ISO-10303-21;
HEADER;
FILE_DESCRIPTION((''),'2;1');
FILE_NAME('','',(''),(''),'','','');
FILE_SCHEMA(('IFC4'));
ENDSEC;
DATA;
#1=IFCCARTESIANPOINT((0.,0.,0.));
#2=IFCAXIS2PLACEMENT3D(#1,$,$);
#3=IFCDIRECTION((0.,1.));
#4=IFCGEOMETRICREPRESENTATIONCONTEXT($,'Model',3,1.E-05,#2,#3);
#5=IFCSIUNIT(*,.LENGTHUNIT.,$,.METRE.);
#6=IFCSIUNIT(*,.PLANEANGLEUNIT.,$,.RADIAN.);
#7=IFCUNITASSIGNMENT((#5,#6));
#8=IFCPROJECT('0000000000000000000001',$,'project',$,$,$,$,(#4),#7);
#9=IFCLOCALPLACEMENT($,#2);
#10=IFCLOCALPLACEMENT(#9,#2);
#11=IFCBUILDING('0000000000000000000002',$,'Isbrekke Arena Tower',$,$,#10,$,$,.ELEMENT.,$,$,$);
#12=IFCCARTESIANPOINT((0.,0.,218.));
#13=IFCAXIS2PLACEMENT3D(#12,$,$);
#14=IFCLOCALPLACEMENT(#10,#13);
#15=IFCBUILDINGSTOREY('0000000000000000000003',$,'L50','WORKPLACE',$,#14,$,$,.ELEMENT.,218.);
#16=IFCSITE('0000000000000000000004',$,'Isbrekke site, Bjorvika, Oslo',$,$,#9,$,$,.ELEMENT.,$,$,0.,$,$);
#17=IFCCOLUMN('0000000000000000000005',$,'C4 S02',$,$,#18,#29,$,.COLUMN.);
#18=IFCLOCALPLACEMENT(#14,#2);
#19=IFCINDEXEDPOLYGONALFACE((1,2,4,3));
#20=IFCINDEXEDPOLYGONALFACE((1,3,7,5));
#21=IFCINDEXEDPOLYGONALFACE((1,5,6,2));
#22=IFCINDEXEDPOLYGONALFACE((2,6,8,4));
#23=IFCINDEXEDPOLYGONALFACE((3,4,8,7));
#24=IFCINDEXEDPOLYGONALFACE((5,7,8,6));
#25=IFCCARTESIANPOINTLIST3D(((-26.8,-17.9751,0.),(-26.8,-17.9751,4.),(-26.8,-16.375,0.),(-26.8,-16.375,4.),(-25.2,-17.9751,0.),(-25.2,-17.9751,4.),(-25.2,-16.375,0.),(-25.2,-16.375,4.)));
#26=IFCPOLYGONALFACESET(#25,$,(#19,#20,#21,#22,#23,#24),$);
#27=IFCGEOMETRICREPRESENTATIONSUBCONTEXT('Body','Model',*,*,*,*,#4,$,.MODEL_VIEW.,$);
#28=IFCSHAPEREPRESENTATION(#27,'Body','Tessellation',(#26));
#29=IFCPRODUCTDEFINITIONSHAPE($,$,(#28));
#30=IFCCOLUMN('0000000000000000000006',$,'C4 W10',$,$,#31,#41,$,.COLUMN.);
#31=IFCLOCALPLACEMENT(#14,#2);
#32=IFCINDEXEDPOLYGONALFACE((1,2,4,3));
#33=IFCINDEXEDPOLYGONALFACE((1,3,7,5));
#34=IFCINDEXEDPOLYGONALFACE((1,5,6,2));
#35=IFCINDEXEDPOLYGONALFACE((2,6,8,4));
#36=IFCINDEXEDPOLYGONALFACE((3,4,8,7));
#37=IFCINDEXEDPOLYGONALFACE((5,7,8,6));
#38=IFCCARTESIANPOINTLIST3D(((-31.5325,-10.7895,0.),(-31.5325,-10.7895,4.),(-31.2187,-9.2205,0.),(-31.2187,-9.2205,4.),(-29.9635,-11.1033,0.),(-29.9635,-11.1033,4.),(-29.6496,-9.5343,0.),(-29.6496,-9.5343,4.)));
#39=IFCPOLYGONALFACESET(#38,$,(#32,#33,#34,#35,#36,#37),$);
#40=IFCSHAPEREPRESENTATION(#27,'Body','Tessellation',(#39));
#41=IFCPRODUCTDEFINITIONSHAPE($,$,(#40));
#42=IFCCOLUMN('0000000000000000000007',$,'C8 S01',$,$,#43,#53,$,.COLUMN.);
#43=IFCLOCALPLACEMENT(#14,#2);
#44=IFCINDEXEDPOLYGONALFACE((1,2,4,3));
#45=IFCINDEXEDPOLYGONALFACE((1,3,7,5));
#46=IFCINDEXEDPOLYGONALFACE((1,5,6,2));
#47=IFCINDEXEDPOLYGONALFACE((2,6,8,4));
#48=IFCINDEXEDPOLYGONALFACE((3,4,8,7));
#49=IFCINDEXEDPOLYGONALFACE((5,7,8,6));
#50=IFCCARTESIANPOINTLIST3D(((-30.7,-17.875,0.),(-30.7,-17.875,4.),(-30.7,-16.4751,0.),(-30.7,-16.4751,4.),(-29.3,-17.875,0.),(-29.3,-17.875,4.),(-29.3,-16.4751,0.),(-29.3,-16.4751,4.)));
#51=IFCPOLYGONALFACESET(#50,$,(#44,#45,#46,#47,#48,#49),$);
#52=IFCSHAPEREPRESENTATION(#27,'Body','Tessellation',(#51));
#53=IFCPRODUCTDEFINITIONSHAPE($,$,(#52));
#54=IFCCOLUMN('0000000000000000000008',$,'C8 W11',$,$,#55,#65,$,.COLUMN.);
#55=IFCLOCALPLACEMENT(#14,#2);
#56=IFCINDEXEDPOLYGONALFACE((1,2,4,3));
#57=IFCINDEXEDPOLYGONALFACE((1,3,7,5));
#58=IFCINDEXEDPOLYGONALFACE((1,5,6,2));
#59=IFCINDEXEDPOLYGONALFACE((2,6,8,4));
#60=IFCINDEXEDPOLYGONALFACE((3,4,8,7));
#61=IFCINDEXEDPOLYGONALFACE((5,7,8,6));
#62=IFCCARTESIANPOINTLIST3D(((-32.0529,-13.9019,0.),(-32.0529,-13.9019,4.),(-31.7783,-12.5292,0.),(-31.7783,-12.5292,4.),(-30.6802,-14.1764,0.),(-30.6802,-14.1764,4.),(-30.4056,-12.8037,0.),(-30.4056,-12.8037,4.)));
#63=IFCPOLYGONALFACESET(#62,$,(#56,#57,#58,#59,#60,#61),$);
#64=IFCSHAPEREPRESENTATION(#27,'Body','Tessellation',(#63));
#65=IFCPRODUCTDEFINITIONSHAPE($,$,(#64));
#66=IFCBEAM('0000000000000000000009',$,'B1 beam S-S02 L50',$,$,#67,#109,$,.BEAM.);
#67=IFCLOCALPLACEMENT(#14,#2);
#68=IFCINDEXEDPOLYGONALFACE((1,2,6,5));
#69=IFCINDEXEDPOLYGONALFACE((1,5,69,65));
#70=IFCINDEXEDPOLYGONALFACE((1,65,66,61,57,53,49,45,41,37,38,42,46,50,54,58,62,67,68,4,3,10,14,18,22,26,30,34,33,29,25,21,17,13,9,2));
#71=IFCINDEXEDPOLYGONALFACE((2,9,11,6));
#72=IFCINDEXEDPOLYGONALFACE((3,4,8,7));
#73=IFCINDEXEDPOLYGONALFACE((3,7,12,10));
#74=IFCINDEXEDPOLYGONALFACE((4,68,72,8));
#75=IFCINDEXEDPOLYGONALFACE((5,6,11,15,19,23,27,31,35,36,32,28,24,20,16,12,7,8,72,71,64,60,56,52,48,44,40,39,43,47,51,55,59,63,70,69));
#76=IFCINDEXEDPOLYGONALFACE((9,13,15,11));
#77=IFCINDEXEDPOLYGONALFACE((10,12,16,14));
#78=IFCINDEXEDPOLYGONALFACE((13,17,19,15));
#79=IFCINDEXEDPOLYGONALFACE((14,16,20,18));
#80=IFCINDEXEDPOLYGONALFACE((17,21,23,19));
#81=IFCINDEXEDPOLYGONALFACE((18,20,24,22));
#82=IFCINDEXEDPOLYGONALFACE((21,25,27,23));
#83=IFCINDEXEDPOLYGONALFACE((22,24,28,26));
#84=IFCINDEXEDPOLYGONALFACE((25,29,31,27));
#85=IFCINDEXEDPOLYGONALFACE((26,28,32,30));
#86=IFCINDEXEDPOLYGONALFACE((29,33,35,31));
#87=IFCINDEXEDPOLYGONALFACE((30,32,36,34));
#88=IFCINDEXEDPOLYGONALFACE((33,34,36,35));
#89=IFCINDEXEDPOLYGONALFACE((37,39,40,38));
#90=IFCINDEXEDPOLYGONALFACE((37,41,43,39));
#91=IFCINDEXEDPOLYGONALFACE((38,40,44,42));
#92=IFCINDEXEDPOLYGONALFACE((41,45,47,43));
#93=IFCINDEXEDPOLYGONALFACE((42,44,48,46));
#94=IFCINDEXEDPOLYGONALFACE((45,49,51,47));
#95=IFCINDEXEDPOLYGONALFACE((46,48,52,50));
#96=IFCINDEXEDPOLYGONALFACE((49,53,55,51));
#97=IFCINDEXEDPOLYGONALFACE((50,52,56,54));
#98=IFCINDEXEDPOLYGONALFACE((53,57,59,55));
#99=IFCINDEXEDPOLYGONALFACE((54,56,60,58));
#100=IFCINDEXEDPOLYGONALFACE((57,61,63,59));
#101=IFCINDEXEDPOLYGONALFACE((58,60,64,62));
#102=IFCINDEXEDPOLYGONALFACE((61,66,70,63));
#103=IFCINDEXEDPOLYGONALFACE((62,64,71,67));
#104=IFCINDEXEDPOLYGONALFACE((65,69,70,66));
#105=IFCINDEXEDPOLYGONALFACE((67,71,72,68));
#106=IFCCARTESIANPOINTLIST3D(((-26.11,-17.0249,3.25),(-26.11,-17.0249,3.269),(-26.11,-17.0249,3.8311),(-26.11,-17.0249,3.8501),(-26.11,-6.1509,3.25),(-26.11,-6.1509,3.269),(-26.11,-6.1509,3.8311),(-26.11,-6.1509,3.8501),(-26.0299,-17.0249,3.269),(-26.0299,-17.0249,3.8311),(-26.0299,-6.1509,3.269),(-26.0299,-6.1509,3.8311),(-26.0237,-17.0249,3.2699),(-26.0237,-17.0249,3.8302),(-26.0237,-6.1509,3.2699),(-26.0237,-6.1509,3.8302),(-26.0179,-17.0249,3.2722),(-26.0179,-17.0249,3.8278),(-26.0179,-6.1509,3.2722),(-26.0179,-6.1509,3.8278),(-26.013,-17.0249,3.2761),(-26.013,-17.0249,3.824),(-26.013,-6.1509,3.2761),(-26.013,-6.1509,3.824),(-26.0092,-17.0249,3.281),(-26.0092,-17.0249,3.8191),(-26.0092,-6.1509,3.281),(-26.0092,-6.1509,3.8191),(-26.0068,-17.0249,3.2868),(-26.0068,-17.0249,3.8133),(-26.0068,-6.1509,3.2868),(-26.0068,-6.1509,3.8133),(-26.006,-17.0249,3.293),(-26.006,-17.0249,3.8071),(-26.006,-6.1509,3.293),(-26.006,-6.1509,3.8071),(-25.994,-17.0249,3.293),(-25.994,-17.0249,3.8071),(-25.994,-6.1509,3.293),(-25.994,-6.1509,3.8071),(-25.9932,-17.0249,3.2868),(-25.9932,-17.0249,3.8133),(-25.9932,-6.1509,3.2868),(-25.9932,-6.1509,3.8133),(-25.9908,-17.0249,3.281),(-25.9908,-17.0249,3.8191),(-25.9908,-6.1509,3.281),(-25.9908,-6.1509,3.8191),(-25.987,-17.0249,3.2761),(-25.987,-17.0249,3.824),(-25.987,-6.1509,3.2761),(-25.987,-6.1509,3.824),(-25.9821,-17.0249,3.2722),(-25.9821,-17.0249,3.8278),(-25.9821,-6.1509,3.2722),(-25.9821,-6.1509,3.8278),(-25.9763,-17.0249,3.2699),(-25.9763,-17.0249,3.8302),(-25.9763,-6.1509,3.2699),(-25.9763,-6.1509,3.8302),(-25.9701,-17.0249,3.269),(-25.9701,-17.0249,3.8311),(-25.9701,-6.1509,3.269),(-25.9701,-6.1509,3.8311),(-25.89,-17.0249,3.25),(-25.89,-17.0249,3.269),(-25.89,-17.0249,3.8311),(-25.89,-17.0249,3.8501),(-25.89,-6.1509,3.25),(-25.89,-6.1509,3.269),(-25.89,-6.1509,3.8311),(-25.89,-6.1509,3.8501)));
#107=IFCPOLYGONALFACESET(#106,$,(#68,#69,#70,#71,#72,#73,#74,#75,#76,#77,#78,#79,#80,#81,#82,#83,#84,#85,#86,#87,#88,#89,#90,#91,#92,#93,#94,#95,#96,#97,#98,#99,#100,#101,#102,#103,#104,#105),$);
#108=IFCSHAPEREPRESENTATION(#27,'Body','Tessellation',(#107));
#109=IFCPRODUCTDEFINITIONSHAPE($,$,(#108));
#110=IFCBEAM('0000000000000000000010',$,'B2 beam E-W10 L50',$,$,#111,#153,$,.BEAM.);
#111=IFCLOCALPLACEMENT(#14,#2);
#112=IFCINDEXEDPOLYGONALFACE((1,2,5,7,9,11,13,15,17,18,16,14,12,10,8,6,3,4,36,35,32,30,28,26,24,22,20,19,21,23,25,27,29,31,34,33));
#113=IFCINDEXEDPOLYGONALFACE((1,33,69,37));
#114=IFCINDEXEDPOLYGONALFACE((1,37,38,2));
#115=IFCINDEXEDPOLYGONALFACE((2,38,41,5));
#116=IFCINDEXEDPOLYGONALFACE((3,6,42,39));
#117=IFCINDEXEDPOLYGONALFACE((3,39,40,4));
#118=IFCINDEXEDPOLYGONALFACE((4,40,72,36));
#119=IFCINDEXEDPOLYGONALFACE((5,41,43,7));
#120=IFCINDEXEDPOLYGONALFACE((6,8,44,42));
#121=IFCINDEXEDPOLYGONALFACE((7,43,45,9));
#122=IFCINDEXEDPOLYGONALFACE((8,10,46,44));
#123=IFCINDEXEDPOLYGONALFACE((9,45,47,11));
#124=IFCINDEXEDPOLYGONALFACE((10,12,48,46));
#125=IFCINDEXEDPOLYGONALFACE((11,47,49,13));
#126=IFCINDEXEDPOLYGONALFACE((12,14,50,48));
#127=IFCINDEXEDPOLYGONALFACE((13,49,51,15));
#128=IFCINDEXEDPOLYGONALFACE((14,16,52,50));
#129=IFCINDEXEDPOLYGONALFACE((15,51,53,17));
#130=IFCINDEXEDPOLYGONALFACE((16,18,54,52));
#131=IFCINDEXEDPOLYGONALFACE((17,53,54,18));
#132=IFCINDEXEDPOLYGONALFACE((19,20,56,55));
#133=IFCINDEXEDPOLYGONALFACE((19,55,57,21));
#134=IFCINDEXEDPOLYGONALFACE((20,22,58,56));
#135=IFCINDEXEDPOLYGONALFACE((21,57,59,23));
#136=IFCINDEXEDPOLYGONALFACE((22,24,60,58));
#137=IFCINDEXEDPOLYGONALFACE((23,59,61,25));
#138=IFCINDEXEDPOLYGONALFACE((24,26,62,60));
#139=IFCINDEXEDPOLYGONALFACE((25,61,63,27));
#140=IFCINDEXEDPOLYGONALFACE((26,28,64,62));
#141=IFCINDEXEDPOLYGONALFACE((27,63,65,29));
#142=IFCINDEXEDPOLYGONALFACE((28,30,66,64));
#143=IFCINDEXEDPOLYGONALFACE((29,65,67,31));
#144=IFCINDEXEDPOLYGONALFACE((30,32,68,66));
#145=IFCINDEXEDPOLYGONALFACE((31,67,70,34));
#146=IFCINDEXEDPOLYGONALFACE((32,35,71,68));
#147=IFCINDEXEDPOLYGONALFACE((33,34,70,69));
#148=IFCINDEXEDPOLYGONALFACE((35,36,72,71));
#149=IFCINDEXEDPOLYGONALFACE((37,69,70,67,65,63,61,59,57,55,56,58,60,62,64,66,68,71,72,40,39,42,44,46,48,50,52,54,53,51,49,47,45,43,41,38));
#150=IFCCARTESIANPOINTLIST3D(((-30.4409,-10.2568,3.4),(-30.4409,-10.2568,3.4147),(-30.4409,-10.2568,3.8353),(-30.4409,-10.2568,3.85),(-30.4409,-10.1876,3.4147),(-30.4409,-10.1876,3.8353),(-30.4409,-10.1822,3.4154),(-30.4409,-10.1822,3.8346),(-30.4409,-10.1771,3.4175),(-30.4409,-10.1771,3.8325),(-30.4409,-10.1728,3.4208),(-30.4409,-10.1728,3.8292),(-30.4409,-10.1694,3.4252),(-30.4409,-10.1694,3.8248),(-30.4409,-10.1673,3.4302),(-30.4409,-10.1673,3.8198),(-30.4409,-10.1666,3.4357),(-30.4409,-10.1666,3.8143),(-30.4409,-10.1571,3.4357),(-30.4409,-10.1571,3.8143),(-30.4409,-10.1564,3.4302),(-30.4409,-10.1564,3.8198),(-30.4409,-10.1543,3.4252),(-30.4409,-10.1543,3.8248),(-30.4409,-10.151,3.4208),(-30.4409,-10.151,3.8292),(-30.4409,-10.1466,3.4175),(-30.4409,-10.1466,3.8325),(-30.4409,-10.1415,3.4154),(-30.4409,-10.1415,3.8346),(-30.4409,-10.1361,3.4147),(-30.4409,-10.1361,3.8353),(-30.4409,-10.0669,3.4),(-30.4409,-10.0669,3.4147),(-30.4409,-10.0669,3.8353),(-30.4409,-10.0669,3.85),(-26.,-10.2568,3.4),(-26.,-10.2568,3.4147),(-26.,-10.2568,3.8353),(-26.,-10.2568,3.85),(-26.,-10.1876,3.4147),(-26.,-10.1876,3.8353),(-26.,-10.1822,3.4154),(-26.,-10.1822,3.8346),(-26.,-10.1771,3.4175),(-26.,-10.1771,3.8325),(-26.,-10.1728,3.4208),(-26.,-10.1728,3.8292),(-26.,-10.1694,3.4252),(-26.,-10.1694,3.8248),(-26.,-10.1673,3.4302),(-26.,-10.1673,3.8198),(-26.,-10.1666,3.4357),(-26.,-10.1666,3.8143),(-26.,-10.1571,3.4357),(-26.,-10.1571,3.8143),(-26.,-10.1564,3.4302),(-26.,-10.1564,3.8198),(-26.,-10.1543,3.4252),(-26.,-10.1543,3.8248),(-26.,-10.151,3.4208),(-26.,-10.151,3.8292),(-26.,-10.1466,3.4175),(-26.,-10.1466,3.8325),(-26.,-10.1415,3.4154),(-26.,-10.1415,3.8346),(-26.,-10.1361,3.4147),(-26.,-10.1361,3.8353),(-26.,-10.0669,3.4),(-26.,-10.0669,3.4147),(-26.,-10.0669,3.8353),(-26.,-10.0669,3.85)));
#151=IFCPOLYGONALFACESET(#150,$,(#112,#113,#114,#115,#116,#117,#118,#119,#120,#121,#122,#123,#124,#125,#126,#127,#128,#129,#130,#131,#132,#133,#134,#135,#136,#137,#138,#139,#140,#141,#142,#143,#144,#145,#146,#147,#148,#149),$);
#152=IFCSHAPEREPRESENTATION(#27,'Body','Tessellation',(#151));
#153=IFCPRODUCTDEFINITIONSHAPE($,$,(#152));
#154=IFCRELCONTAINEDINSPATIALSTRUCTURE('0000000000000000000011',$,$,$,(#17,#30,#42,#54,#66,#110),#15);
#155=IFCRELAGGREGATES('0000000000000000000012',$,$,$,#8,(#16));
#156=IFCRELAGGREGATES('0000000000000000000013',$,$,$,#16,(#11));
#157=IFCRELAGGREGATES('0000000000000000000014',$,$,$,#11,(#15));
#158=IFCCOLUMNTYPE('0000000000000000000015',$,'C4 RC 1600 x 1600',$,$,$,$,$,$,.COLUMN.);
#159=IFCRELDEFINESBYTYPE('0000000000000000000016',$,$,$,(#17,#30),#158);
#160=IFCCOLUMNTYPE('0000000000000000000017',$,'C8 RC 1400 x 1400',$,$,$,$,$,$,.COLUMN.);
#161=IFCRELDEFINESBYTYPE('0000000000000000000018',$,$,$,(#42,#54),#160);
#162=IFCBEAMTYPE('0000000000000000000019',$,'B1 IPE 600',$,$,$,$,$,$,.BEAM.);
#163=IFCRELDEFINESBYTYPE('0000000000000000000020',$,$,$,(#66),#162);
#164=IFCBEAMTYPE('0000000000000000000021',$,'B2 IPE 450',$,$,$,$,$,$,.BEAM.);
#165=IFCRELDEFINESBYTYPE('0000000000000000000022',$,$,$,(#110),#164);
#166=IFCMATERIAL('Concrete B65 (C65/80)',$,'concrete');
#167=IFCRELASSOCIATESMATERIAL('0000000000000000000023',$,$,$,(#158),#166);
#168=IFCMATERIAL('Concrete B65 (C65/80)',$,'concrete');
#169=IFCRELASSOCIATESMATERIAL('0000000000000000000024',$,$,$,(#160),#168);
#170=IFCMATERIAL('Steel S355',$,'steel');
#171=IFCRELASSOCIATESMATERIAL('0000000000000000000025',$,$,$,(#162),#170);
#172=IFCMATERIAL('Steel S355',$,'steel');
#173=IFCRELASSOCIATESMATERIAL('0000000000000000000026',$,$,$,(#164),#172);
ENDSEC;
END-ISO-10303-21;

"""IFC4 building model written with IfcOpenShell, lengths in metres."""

from ifc_helpers import new_model, si_unit, direction, frame, origin, origin_2d, place, context, subcontext, project, spatial, rectangle, i_section, extrude, material, material_profile, profile_set, type_object, element, save


model = new_model("IFC4")

# Units and contexts
model_context = context("Model", 3, precision=1e-05, world=origin(), true_north=direction((0.0, 1.0)))
body_context = subcontext(model_context, "Body", "Model", "MODEL_VIEW")
ifc_project = project(units=[si_unit("LENGTHUNIT", "METRE"), si_unit("PLANEANGLEUNIT", "RADIAN")], contexts=[model_context])

# Site, building, storey
site_placement = place(None, origin())
site = spatial("IfcSite", under=ifc_project, at=site_placement, Name="Isbrekke site, Bjorvika, Oslo", CompositionType="ELEMENT", RefElevation=0.0)
building_placement = place(site_placement, origin())
building = spatial("IfcBuilding", under=site, at=building_placement, Name="Isbrekke Arena Tower", CompositionType="ELEMENT")
storey_placement = place(building_placement, frame((0.0, 0.0, 218.0)))
storey = spatial("IfcBuildingStorey", under=building, at=storey_placement, Name="L50", Description="WORKPLACE", CompositionType="ELEMENT", Elevation=218.0)

# Columns
ifc_material_1 = material(Name="Concrete B65 (C65/80)", Category="concrete")
ifc_material_profile_1 = material_profile(ifc_material_1, rectangle(XDim=1.6001, YDim=1.6001, at=origin_2d()), Name="RC 1600x1600")
ifc_profile_set_1 = profile_set([ifc_material_profile_1], Name="Concrete B65 (C65/80)")
column_type_1 = type_object("IfcColumnType", Name="C4 RC 1600 x 1600", PredefinedType="COLUMN", material=ifc_profile_set_1)
for number, where, z_axis, x_axis, name in (
    (1, (-26.0, -17.175, 0.0), (0.0, 0.0, 1.0), (1.0, 0.0, 0.0), "C4 S02"),
    (2, (-30.5911, -10.1619, 0.0), (0.0, 0.0, 1.0), (-0.196116, -0.980581, 0.0), "C4 W10"),
):
    element("IfcColumn", number, at=place(storey_placement, frame(where, z_axis=z_axis, x_axis=x_axis)), inside=storey, type_object=column_type_1, Name=name, PredefinedType="COLUMN", context=body_context, shape_type="SweptSolid", body=[
        extrude(rectangle(XDim=1.6001, YDim=1.6001, at=origin_2d()), origin(), (0.0, 0.0, 1.0), 4.0),
    ])
ifc_material_2 = material(Name="Concrete B65 (C65/80)", Category="concrete")
ifc_material_profile_2 = material_profile(ifc_material_2, rectangle(XDim=1.3999, YDim=1.3999, at=origin_2d()), Name="RC 1400x1400")
ifc_profile_set_2 = profile_set([ifc_material_profile_2], Name="Concrete B65 (C65/80)")
column_type_2 = type_object("IfcColumnType", Name="C8 RC 1400 x 1400", PredefinedType="COLUMN", material=ifc_profile_set_2)
for number, where, z_axis, x_axis, name in (
    (3, (-30.0, -17.175, 0.0), (0.0, 0.0, 1.0), (1.0, 0.0, 0.0), "C8 S01"),
    (4, (-31.2292, -13.3528, 0.0), (0.0, 0.0, 1.0), (-0.196116, -0.980581, 0.0), "C8 W11"),
):
    element("IfcColumn", number, at=place(storey_placement, frame(where, z_axis=z_axis, x_axis=x_axis)), inside=storey, type_object=column_type_2, Name=name, PredefinedType="COLUMN", context=body_context, shape_type="SweptSolid", body=[
        extrude(rectangle(XDim=1.3999, YDim=1.3999, at=origin_2d()), origin(), (0.0, 0.0, 1.0), 4.0),
    ])

# Beams
ifc_material_3 = material(Name="Steel S355", Category="steel")
ifc_material_profile_3 = material_profile(ifc_material_3, i_section(OverallWidth=0.22, OverallDepth=0.6001, WebThickness=0.012, FlangeThickness=0.019, FilletRadius=0.0239, at=origin_2d()), Name="IPE 600")
ifc_profile_set_3 = profile_set([ifc_material_profile_3], Name="Steel S355")
beam_type_1 = type_object("IfcBeamType", Name="B1 IPE 600", PredefinedType="BEAM", material=ifc_profile_set_3)
beam_1_placement = place(storey_placement, frame((-26.0, -17.0249, 3.55), z_axis=(0.0, 1.0, 0.0), x_axis=(-1.0, 0.0, 0.0)))
element("IfcBeam", 5, at=beam_1_placement, inside=storey, type_object=beam_type_1, Name="B1 beam S-S02 L50", PredefinedType="BEAM", context=body_context, shape_type="SweptSolid", body=[
    extrude(i_section(OverallWidth=0.22, OverallDepth=0.6001, WebThickness=0.012, FlangeThickness=0.019, FilletRadius=0.0239, at=origin_2d()), origin(), (0.0, 0.0, 1.0), 10.874),
])
ifc_material_4 = material(Name="Steel S355", Category="steel")
ifc_material_profile_4 = material_profile(ifc_material_4, i_section(OverallWidth=0.1899, OverallDepth=0.45, WebThickness=0.0095, FlangeThickness=0.0146, FilletRadius=0.021, at=origin_2d()), Name="IPE 450")
ifc_profile_set_4 = profile_set([ifc_material_profile_4], Name="Steel S355")
beam_type_2 = type_object("IfcBeamType", Name="B2 IPE 450", PredefinedType="BEAM", material=ifc_profile_set_4)
beam_2_placement = place(storey_placement, frame((-30.4409, -10.1619, 3.625), z_axis=(1.0, 0.0, 0.0), x_axis=(0.0, 1.0, 0.0)))
element("IfcBeam", 6, at=beam_2_placement, inside=storey, type_object=beam_type_2, Name="B2 beam E-W10 L50", PredefinedType="BEAM", context=body_context, shape_type="SweptSolid", body=[
    extrude(i_section(OverallWidth=0.1899, OverallDepth=0.45, WebThickness=0.0095, FlangeThickness=0.0146, FilletRadius=0.021, at=origin_2d()), origin(), (0.0, 0.0, 1.0), 4.4409),
])

save(model, "model.ifc")
